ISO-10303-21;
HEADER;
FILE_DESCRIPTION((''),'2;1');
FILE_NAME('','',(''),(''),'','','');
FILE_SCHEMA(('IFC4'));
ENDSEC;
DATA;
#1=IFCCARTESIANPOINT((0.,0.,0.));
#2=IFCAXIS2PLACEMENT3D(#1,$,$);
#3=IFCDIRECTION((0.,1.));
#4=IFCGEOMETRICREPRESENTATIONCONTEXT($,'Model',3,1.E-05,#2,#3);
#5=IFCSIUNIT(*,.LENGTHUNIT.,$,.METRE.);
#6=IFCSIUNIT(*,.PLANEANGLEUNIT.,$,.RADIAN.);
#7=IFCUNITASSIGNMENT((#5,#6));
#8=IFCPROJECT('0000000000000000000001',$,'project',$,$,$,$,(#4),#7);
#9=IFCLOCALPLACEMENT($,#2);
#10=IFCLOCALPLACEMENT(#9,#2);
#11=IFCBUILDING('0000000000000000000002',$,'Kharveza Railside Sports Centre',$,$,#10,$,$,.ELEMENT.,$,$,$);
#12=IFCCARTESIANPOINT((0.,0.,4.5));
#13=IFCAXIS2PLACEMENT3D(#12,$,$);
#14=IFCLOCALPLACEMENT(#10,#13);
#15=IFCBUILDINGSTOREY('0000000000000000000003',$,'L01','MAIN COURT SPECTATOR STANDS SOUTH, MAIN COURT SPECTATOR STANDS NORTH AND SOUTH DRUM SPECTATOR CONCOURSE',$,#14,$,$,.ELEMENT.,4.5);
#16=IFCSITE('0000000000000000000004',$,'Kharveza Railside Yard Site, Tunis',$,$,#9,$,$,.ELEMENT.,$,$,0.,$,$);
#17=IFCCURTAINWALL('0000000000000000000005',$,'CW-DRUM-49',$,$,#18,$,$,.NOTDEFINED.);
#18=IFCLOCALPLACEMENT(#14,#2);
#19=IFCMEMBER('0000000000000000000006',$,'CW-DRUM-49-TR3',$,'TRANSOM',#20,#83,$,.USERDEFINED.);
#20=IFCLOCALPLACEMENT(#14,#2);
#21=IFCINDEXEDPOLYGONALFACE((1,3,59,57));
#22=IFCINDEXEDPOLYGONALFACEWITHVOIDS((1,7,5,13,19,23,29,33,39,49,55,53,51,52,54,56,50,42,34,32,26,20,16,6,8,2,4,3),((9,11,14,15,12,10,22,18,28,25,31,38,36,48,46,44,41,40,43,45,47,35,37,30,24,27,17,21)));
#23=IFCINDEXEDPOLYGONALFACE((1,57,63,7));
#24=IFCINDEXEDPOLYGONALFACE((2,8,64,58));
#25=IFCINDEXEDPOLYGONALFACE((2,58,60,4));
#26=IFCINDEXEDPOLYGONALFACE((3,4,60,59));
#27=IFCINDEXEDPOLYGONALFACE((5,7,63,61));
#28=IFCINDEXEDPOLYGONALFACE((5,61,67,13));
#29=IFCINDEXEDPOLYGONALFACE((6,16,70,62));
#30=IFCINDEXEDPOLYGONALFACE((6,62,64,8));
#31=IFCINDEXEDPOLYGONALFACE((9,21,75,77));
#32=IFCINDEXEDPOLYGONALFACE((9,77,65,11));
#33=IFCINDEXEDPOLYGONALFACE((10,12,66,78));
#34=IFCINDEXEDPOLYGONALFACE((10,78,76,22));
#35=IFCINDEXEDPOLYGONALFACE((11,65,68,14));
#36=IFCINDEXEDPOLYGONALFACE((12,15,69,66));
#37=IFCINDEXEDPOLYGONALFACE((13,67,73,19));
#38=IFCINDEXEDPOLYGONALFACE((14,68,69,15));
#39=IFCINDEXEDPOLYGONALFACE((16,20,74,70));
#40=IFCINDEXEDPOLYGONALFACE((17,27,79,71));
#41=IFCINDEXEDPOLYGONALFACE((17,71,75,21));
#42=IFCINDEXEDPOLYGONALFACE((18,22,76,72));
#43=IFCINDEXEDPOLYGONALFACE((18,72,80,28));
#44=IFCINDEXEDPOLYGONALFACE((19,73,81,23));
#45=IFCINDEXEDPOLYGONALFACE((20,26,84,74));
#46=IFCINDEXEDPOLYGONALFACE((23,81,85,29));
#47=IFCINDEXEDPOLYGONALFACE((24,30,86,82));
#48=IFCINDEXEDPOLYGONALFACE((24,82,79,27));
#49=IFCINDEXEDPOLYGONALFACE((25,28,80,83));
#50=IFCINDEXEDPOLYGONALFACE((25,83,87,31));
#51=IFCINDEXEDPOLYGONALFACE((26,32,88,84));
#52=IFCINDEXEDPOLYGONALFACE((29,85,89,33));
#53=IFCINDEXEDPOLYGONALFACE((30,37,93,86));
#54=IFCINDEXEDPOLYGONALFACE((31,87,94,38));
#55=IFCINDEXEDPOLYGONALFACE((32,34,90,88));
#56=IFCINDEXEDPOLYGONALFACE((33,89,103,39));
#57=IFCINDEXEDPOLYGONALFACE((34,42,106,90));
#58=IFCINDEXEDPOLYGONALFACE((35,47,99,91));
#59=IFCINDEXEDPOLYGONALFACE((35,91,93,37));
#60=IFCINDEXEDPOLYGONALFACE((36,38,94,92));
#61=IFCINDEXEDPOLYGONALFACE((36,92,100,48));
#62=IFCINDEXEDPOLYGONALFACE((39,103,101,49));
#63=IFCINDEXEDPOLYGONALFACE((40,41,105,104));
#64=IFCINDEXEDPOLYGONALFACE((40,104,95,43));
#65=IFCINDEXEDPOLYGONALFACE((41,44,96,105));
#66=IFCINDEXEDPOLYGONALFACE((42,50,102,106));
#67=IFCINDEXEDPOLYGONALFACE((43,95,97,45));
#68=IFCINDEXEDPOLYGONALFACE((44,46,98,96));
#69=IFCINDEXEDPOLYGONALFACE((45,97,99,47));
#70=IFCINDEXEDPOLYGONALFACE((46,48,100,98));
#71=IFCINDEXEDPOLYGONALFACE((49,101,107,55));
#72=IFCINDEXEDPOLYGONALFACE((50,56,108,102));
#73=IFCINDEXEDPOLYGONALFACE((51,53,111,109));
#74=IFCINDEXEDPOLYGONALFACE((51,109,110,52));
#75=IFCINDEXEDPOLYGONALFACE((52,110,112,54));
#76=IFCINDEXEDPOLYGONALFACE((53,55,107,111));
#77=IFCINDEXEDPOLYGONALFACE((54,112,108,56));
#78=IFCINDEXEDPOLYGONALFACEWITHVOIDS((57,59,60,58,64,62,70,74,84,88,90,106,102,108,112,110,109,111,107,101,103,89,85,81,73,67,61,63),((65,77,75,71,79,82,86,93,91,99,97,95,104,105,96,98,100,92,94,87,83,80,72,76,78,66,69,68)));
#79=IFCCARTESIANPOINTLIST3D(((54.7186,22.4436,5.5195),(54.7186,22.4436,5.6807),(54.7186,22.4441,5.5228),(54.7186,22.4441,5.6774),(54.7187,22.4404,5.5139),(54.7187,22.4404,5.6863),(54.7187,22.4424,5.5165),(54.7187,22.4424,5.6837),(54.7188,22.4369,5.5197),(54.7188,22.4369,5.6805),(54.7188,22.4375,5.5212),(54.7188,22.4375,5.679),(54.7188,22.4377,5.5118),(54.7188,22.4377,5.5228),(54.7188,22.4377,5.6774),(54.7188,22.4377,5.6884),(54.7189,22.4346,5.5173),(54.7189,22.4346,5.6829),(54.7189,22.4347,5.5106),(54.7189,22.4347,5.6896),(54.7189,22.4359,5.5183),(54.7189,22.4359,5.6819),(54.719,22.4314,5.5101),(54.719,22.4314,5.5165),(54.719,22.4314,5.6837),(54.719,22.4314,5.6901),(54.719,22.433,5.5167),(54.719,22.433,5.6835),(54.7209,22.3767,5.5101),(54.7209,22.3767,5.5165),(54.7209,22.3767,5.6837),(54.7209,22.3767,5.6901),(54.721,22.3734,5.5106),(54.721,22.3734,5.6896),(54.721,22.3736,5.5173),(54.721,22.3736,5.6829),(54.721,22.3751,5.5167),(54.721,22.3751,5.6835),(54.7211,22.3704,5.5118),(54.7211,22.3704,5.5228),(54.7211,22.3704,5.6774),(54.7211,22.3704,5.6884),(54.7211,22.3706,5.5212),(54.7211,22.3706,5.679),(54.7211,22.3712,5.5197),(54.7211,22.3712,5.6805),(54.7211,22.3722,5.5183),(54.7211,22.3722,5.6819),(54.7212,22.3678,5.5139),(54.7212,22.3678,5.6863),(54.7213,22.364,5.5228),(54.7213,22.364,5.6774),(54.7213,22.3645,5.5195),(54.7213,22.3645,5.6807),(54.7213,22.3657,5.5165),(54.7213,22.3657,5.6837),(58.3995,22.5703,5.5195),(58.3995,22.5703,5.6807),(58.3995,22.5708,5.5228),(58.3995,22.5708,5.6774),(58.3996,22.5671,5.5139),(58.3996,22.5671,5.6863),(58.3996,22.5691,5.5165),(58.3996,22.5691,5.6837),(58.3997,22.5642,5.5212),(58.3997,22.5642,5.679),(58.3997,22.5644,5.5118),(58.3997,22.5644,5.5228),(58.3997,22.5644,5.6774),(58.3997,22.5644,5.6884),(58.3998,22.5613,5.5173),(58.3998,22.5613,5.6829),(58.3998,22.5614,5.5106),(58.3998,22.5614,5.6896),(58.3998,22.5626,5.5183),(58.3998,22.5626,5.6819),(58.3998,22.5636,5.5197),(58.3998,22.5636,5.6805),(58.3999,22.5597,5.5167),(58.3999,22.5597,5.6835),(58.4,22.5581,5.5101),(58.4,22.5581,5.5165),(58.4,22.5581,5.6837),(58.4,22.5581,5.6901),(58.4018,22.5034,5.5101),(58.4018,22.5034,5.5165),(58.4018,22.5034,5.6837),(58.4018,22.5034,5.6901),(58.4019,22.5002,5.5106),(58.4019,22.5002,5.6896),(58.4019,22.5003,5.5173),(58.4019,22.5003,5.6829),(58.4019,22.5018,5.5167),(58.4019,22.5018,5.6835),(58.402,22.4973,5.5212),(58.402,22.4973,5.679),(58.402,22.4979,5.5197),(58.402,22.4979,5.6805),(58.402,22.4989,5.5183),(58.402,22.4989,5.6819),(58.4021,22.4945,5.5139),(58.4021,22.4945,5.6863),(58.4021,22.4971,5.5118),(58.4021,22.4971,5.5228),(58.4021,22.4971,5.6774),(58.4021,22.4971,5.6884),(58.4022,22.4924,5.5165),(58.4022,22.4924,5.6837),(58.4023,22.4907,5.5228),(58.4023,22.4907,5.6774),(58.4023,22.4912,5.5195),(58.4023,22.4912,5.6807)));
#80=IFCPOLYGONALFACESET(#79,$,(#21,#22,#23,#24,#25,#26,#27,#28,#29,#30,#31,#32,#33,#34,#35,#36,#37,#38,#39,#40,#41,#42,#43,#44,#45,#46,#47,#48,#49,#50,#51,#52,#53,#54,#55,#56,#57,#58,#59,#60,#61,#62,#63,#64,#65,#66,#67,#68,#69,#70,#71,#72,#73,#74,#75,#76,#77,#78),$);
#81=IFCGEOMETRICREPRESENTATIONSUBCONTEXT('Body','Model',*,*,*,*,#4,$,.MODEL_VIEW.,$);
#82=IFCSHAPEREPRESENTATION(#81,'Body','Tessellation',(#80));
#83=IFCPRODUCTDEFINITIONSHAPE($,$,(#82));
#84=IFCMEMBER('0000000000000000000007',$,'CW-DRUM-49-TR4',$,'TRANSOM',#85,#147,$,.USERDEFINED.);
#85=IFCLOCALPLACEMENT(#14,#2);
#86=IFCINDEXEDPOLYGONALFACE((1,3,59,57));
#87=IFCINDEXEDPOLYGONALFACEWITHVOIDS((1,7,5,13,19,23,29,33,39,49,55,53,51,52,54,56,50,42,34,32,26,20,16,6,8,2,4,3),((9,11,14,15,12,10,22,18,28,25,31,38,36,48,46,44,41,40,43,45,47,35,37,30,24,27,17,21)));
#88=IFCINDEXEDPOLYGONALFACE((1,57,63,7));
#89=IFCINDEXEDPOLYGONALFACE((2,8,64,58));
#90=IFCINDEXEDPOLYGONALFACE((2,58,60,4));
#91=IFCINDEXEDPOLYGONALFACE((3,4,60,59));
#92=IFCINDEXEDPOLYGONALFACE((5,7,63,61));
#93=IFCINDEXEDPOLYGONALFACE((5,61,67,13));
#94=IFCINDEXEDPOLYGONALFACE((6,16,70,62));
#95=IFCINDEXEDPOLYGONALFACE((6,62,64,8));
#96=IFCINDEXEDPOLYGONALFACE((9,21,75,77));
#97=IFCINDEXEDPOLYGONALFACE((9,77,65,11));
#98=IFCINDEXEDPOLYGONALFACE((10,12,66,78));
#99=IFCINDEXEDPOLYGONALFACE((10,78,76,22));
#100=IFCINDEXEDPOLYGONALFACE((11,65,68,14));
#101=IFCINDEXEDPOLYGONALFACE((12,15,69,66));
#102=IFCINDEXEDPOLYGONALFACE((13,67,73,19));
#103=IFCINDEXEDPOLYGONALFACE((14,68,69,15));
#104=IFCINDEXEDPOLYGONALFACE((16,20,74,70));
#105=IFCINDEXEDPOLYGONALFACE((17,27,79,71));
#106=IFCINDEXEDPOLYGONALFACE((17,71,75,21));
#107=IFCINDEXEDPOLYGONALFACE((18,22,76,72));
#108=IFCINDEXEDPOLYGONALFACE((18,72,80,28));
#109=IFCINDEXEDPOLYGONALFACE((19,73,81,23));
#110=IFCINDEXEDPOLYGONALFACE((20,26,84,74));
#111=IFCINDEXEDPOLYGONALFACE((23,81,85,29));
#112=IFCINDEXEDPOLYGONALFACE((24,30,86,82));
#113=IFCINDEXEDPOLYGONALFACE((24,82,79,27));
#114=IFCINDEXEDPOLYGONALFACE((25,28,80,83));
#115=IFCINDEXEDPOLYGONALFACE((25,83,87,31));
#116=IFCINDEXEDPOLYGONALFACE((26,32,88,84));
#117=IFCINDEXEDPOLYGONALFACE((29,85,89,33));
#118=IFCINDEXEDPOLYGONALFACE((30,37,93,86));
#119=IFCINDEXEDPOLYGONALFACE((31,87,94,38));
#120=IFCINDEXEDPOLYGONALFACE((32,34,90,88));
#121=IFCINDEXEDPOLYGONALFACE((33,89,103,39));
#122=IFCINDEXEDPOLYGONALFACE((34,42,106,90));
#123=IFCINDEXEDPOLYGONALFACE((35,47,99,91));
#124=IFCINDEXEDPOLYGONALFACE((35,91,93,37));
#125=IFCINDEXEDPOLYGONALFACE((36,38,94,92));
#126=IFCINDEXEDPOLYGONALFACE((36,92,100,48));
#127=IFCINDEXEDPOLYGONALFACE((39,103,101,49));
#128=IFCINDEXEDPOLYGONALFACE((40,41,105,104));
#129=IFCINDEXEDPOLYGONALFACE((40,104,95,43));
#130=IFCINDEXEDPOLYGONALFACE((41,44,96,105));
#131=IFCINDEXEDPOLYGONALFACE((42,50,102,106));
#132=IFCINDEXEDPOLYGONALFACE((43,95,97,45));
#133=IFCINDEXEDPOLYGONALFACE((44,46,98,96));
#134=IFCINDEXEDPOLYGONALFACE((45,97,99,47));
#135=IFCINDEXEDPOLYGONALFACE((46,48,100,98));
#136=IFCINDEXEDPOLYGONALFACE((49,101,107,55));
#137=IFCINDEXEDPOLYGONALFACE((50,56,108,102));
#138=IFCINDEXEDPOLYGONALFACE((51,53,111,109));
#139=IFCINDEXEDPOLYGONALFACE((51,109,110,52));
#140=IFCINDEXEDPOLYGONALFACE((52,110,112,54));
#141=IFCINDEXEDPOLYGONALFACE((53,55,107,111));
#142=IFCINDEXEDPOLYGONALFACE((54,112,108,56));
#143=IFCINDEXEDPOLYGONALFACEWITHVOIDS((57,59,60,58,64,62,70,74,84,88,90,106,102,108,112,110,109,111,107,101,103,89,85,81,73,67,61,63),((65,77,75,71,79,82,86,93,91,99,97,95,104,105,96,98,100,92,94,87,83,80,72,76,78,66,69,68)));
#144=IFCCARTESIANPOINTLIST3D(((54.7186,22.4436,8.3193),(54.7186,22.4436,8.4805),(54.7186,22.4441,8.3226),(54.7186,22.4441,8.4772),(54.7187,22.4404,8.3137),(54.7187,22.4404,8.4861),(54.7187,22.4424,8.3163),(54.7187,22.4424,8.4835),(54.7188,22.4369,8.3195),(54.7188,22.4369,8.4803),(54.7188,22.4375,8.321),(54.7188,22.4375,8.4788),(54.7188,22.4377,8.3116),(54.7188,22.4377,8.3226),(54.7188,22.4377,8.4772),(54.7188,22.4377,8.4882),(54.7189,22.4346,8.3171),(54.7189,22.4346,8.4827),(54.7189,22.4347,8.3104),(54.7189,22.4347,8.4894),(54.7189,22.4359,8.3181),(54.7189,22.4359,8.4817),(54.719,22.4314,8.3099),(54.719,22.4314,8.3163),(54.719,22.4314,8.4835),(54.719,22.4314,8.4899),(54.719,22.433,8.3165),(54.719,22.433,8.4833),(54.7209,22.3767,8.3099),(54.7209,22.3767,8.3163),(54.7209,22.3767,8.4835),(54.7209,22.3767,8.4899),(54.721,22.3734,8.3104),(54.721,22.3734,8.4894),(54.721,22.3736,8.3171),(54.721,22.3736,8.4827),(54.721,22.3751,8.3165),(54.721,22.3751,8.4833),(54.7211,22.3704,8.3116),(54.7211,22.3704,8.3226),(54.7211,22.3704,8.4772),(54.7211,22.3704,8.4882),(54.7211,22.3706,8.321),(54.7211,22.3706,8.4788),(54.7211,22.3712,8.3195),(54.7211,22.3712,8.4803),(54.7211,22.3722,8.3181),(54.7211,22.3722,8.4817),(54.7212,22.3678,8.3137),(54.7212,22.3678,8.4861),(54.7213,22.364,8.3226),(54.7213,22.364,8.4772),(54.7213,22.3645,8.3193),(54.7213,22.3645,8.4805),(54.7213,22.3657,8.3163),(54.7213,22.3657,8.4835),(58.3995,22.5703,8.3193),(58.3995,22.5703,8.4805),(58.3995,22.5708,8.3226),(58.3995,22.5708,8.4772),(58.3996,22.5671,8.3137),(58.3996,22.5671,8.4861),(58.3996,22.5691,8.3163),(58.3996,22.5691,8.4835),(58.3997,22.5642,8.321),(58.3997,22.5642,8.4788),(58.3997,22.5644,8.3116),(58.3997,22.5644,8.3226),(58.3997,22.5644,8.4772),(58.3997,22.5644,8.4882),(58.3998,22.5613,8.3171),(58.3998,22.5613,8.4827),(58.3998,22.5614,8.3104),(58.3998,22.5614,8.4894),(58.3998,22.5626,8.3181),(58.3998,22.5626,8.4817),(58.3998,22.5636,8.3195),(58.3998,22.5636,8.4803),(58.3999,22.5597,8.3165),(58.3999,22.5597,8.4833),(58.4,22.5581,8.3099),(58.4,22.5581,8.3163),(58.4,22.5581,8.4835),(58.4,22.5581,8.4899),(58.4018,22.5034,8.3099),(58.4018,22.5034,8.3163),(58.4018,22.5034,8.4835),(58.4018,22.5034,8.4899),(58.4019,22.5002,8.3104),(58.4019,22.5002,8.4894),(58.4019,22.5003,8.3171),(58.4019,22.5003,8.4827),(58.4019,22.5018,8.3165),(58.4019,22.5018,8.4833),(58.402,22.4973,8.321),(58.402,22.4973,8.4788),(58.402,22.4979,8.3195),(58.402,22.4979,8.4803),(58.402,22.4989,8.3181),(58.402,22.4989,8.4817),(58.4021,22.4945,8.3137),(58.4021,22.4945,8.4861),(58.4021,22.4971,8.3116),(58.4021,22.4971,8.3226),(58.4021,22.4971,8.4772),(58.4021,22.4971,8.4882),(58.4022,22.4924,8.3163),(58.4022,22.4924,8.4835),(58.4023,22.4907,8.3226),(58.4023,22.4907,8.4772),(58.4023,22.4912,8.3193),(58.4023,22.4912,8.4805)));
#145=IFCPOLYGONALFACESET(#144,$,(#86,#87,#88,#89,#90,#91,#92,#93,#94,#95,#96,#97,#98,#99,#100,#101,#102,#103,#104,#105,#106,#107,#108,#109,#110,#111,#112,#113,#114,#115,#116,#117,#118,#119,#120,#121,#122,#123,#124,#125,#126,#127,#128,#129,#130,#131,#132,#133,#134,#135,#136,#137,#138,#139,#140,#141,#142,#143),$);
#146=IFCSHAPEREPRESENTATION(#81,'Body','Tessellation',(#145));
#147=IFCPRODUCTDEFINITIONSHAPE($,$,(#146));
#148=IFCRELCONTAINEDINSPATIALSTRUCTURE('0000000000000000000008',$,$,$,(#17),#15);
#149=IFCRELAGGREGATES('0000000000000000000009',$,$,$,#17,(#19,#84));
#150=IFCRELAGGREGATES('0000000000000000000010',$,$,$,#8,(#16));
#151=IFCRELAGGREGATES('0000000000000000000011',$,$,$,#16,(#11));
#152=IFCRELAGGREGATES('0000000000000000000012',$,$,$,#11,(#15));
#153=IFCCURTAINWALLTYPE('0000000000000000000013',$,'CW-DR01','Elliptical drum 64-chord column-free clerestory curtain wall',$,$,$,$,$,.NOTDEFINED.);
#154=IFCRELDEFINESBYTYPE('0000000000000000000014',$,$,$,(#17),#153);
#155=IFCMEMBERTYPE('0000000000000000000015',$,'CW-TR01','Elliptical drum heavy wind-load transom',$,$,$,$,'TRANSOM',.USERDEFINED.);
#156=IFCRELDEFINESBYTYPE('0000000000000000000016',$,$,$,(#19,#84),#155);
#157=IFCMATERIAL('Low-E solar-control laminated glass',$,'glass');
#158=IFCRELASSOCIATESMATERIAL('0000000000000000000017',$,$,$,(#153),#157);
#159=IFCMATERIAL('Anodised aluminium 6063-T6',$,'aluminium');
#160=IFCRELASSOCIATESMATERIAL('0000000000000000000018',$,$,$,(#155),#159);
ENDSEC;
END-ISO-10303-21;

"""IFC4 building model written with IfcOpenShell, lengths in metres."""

from ifc_helpers import new_model, si_unit, direction, frame, origin, origin_2d, place, context, subcontext, project, spatial, hollow_rectangle, extrude, material, material_profile, profile_set, type_object, element, aggregate, save


model = new_model("IFC4")

# Units and contexts
model_context = context("Model", 3, precision=1e-05, world=origin(), true_north=direction((0.0, 1.0)))
body_context = subcontext(model_context, "Body", "Model", "MODEL_VIEW")
ifc_project = project(units=[si_unit("LENGTHUNIT", "METRE"), si_unit("PLANEANGLEUNIT", "RADIAN")], contexts=[model_context])

# Site, building, storey
site_placement = place(None, origin())
site = spatial("IfcSite", under=ifc_project, at=site_placement, Name="Kharveza Railside Yard Site, Tunis", CompositionType="ELEMENT", RefElevation=0.0)
building_placement = place(site_placement, origin())
building = spatial("IfcBuilding", under=site, at=building_placement, Name="Kharveza Railside Sports Centre", CompositionType="ELEMENT")
storey_placement = place(building_placement, frame((0.0, 0.0, 4.5)))
storey = spatial("IfcBuildingStorey", under=building, at=storey_placement, Name="L01", Description="MAIN COURT SPECTATOR STANDS SOUTH, MAIN COURT SPECTATOR STANDS NORTH AND SOUTH DRUM SPECTATOR CONCOURSE", CompositionType="ELEMENT", Elevation=4.5)

# Shared definitions
ifc_material_1 = material(Name="Low-E solar-control laminated glass", Category="glass")
curtain_wall_type = type_object("IfcCurtainWallType", Name="CW-DR01", Description="Elliptical drum 64-chord column-free clerestory curtain wall", PredefinedType="NOTDEFINED", material=ifc_material_1)
ifc_material_2 = material(Name="Anodised aluminium 6063-T6", Category="aluminium")

# Curtain wall
curtain_wall_1_placement = place(storey_placement, origin())
curtain_wall_1 = element("IfcCurtainWall", 1, at=curtain_wall_1_placement, inside=storey, type_object=curtain_wall_type, Name="CW-DRUM-49", PredefinedType="NOTDEFINED")

# Members
ifc_material_profile_1 = material_profile(ifc_material_2, hollow_rectangle(XDim=0.0801, YDim=0.1799, WallThickness=0.0063, InnerFilletRadius=0.0063, OuterFilletRadius=0.0127, at=origin_2d()), Name="RHS 80x180x6.3")
ifc_profile_set_1 = profile_set([ifc_material_profile_1], Name="Anodised aluminium 6063-T6")
member_type_1 = type_object("IfcMemberType", Name="CW-TR01", Description="Elliptical drum heavy wind-load transom", ElementType="TRANSOM", PredefinedType="USERDEFINED", material=ifc_profile_set_1)
member_1_placement = place(storey_placement, frame((54.72, 22.4041, 5.6001), z_axis=(0.999408, 0.034403, 0.0), x_axis=(-0.034403, 0.999408, 0.0)))
member_1 = element("IfcMember", 2, at=member_1_placement, type_object=member_type_1, Name="CW-DRUM-49-TR3", ObjectType="TRANSOM", PredefinedType="USERDEFINED", context=body_context, shape_type="SweptSolid", body=[
    extrude(hollow_rectangle(XDim=0.0801, YDim=0.1799, WallThickness=0.0063, InnerFilletRadius=0.0063, OuterFilletRadius=0.0127, at=origin_2d()), origin(), (0.0, 0.0, 1.0), 3.6831),
])
member_2_placement = place(storey_placement, frame((54.72, 22.4041, 8.3999), z_axis=(0.999408, 0.034403, 0.0), x_axis=(-0.034403, 0.999408, 0.0)))
member_2 = element("IfcMember", 3, at=member_2_placement, type_object=member_type_1, Name="CW-DRUM-49-TR4", ObjectType="TRANSOM", PredefinedType="USERDEFINED", context=body_context, shape_type="SweptSolid", body=[
    extrude(hollow_rectangle(XDim=0.0801, YDim=0.1799, WallThickness=0.0063, InnerFilletRadius=0.0063, OuterFilletRadius=0.0127, at=origin_2d()), origin(), (0.0, 0.0, 1.0), 3.6831),
])

aggregate(curtain_wall_1, [member_1, member_2])

save(model, "model.ifc")
